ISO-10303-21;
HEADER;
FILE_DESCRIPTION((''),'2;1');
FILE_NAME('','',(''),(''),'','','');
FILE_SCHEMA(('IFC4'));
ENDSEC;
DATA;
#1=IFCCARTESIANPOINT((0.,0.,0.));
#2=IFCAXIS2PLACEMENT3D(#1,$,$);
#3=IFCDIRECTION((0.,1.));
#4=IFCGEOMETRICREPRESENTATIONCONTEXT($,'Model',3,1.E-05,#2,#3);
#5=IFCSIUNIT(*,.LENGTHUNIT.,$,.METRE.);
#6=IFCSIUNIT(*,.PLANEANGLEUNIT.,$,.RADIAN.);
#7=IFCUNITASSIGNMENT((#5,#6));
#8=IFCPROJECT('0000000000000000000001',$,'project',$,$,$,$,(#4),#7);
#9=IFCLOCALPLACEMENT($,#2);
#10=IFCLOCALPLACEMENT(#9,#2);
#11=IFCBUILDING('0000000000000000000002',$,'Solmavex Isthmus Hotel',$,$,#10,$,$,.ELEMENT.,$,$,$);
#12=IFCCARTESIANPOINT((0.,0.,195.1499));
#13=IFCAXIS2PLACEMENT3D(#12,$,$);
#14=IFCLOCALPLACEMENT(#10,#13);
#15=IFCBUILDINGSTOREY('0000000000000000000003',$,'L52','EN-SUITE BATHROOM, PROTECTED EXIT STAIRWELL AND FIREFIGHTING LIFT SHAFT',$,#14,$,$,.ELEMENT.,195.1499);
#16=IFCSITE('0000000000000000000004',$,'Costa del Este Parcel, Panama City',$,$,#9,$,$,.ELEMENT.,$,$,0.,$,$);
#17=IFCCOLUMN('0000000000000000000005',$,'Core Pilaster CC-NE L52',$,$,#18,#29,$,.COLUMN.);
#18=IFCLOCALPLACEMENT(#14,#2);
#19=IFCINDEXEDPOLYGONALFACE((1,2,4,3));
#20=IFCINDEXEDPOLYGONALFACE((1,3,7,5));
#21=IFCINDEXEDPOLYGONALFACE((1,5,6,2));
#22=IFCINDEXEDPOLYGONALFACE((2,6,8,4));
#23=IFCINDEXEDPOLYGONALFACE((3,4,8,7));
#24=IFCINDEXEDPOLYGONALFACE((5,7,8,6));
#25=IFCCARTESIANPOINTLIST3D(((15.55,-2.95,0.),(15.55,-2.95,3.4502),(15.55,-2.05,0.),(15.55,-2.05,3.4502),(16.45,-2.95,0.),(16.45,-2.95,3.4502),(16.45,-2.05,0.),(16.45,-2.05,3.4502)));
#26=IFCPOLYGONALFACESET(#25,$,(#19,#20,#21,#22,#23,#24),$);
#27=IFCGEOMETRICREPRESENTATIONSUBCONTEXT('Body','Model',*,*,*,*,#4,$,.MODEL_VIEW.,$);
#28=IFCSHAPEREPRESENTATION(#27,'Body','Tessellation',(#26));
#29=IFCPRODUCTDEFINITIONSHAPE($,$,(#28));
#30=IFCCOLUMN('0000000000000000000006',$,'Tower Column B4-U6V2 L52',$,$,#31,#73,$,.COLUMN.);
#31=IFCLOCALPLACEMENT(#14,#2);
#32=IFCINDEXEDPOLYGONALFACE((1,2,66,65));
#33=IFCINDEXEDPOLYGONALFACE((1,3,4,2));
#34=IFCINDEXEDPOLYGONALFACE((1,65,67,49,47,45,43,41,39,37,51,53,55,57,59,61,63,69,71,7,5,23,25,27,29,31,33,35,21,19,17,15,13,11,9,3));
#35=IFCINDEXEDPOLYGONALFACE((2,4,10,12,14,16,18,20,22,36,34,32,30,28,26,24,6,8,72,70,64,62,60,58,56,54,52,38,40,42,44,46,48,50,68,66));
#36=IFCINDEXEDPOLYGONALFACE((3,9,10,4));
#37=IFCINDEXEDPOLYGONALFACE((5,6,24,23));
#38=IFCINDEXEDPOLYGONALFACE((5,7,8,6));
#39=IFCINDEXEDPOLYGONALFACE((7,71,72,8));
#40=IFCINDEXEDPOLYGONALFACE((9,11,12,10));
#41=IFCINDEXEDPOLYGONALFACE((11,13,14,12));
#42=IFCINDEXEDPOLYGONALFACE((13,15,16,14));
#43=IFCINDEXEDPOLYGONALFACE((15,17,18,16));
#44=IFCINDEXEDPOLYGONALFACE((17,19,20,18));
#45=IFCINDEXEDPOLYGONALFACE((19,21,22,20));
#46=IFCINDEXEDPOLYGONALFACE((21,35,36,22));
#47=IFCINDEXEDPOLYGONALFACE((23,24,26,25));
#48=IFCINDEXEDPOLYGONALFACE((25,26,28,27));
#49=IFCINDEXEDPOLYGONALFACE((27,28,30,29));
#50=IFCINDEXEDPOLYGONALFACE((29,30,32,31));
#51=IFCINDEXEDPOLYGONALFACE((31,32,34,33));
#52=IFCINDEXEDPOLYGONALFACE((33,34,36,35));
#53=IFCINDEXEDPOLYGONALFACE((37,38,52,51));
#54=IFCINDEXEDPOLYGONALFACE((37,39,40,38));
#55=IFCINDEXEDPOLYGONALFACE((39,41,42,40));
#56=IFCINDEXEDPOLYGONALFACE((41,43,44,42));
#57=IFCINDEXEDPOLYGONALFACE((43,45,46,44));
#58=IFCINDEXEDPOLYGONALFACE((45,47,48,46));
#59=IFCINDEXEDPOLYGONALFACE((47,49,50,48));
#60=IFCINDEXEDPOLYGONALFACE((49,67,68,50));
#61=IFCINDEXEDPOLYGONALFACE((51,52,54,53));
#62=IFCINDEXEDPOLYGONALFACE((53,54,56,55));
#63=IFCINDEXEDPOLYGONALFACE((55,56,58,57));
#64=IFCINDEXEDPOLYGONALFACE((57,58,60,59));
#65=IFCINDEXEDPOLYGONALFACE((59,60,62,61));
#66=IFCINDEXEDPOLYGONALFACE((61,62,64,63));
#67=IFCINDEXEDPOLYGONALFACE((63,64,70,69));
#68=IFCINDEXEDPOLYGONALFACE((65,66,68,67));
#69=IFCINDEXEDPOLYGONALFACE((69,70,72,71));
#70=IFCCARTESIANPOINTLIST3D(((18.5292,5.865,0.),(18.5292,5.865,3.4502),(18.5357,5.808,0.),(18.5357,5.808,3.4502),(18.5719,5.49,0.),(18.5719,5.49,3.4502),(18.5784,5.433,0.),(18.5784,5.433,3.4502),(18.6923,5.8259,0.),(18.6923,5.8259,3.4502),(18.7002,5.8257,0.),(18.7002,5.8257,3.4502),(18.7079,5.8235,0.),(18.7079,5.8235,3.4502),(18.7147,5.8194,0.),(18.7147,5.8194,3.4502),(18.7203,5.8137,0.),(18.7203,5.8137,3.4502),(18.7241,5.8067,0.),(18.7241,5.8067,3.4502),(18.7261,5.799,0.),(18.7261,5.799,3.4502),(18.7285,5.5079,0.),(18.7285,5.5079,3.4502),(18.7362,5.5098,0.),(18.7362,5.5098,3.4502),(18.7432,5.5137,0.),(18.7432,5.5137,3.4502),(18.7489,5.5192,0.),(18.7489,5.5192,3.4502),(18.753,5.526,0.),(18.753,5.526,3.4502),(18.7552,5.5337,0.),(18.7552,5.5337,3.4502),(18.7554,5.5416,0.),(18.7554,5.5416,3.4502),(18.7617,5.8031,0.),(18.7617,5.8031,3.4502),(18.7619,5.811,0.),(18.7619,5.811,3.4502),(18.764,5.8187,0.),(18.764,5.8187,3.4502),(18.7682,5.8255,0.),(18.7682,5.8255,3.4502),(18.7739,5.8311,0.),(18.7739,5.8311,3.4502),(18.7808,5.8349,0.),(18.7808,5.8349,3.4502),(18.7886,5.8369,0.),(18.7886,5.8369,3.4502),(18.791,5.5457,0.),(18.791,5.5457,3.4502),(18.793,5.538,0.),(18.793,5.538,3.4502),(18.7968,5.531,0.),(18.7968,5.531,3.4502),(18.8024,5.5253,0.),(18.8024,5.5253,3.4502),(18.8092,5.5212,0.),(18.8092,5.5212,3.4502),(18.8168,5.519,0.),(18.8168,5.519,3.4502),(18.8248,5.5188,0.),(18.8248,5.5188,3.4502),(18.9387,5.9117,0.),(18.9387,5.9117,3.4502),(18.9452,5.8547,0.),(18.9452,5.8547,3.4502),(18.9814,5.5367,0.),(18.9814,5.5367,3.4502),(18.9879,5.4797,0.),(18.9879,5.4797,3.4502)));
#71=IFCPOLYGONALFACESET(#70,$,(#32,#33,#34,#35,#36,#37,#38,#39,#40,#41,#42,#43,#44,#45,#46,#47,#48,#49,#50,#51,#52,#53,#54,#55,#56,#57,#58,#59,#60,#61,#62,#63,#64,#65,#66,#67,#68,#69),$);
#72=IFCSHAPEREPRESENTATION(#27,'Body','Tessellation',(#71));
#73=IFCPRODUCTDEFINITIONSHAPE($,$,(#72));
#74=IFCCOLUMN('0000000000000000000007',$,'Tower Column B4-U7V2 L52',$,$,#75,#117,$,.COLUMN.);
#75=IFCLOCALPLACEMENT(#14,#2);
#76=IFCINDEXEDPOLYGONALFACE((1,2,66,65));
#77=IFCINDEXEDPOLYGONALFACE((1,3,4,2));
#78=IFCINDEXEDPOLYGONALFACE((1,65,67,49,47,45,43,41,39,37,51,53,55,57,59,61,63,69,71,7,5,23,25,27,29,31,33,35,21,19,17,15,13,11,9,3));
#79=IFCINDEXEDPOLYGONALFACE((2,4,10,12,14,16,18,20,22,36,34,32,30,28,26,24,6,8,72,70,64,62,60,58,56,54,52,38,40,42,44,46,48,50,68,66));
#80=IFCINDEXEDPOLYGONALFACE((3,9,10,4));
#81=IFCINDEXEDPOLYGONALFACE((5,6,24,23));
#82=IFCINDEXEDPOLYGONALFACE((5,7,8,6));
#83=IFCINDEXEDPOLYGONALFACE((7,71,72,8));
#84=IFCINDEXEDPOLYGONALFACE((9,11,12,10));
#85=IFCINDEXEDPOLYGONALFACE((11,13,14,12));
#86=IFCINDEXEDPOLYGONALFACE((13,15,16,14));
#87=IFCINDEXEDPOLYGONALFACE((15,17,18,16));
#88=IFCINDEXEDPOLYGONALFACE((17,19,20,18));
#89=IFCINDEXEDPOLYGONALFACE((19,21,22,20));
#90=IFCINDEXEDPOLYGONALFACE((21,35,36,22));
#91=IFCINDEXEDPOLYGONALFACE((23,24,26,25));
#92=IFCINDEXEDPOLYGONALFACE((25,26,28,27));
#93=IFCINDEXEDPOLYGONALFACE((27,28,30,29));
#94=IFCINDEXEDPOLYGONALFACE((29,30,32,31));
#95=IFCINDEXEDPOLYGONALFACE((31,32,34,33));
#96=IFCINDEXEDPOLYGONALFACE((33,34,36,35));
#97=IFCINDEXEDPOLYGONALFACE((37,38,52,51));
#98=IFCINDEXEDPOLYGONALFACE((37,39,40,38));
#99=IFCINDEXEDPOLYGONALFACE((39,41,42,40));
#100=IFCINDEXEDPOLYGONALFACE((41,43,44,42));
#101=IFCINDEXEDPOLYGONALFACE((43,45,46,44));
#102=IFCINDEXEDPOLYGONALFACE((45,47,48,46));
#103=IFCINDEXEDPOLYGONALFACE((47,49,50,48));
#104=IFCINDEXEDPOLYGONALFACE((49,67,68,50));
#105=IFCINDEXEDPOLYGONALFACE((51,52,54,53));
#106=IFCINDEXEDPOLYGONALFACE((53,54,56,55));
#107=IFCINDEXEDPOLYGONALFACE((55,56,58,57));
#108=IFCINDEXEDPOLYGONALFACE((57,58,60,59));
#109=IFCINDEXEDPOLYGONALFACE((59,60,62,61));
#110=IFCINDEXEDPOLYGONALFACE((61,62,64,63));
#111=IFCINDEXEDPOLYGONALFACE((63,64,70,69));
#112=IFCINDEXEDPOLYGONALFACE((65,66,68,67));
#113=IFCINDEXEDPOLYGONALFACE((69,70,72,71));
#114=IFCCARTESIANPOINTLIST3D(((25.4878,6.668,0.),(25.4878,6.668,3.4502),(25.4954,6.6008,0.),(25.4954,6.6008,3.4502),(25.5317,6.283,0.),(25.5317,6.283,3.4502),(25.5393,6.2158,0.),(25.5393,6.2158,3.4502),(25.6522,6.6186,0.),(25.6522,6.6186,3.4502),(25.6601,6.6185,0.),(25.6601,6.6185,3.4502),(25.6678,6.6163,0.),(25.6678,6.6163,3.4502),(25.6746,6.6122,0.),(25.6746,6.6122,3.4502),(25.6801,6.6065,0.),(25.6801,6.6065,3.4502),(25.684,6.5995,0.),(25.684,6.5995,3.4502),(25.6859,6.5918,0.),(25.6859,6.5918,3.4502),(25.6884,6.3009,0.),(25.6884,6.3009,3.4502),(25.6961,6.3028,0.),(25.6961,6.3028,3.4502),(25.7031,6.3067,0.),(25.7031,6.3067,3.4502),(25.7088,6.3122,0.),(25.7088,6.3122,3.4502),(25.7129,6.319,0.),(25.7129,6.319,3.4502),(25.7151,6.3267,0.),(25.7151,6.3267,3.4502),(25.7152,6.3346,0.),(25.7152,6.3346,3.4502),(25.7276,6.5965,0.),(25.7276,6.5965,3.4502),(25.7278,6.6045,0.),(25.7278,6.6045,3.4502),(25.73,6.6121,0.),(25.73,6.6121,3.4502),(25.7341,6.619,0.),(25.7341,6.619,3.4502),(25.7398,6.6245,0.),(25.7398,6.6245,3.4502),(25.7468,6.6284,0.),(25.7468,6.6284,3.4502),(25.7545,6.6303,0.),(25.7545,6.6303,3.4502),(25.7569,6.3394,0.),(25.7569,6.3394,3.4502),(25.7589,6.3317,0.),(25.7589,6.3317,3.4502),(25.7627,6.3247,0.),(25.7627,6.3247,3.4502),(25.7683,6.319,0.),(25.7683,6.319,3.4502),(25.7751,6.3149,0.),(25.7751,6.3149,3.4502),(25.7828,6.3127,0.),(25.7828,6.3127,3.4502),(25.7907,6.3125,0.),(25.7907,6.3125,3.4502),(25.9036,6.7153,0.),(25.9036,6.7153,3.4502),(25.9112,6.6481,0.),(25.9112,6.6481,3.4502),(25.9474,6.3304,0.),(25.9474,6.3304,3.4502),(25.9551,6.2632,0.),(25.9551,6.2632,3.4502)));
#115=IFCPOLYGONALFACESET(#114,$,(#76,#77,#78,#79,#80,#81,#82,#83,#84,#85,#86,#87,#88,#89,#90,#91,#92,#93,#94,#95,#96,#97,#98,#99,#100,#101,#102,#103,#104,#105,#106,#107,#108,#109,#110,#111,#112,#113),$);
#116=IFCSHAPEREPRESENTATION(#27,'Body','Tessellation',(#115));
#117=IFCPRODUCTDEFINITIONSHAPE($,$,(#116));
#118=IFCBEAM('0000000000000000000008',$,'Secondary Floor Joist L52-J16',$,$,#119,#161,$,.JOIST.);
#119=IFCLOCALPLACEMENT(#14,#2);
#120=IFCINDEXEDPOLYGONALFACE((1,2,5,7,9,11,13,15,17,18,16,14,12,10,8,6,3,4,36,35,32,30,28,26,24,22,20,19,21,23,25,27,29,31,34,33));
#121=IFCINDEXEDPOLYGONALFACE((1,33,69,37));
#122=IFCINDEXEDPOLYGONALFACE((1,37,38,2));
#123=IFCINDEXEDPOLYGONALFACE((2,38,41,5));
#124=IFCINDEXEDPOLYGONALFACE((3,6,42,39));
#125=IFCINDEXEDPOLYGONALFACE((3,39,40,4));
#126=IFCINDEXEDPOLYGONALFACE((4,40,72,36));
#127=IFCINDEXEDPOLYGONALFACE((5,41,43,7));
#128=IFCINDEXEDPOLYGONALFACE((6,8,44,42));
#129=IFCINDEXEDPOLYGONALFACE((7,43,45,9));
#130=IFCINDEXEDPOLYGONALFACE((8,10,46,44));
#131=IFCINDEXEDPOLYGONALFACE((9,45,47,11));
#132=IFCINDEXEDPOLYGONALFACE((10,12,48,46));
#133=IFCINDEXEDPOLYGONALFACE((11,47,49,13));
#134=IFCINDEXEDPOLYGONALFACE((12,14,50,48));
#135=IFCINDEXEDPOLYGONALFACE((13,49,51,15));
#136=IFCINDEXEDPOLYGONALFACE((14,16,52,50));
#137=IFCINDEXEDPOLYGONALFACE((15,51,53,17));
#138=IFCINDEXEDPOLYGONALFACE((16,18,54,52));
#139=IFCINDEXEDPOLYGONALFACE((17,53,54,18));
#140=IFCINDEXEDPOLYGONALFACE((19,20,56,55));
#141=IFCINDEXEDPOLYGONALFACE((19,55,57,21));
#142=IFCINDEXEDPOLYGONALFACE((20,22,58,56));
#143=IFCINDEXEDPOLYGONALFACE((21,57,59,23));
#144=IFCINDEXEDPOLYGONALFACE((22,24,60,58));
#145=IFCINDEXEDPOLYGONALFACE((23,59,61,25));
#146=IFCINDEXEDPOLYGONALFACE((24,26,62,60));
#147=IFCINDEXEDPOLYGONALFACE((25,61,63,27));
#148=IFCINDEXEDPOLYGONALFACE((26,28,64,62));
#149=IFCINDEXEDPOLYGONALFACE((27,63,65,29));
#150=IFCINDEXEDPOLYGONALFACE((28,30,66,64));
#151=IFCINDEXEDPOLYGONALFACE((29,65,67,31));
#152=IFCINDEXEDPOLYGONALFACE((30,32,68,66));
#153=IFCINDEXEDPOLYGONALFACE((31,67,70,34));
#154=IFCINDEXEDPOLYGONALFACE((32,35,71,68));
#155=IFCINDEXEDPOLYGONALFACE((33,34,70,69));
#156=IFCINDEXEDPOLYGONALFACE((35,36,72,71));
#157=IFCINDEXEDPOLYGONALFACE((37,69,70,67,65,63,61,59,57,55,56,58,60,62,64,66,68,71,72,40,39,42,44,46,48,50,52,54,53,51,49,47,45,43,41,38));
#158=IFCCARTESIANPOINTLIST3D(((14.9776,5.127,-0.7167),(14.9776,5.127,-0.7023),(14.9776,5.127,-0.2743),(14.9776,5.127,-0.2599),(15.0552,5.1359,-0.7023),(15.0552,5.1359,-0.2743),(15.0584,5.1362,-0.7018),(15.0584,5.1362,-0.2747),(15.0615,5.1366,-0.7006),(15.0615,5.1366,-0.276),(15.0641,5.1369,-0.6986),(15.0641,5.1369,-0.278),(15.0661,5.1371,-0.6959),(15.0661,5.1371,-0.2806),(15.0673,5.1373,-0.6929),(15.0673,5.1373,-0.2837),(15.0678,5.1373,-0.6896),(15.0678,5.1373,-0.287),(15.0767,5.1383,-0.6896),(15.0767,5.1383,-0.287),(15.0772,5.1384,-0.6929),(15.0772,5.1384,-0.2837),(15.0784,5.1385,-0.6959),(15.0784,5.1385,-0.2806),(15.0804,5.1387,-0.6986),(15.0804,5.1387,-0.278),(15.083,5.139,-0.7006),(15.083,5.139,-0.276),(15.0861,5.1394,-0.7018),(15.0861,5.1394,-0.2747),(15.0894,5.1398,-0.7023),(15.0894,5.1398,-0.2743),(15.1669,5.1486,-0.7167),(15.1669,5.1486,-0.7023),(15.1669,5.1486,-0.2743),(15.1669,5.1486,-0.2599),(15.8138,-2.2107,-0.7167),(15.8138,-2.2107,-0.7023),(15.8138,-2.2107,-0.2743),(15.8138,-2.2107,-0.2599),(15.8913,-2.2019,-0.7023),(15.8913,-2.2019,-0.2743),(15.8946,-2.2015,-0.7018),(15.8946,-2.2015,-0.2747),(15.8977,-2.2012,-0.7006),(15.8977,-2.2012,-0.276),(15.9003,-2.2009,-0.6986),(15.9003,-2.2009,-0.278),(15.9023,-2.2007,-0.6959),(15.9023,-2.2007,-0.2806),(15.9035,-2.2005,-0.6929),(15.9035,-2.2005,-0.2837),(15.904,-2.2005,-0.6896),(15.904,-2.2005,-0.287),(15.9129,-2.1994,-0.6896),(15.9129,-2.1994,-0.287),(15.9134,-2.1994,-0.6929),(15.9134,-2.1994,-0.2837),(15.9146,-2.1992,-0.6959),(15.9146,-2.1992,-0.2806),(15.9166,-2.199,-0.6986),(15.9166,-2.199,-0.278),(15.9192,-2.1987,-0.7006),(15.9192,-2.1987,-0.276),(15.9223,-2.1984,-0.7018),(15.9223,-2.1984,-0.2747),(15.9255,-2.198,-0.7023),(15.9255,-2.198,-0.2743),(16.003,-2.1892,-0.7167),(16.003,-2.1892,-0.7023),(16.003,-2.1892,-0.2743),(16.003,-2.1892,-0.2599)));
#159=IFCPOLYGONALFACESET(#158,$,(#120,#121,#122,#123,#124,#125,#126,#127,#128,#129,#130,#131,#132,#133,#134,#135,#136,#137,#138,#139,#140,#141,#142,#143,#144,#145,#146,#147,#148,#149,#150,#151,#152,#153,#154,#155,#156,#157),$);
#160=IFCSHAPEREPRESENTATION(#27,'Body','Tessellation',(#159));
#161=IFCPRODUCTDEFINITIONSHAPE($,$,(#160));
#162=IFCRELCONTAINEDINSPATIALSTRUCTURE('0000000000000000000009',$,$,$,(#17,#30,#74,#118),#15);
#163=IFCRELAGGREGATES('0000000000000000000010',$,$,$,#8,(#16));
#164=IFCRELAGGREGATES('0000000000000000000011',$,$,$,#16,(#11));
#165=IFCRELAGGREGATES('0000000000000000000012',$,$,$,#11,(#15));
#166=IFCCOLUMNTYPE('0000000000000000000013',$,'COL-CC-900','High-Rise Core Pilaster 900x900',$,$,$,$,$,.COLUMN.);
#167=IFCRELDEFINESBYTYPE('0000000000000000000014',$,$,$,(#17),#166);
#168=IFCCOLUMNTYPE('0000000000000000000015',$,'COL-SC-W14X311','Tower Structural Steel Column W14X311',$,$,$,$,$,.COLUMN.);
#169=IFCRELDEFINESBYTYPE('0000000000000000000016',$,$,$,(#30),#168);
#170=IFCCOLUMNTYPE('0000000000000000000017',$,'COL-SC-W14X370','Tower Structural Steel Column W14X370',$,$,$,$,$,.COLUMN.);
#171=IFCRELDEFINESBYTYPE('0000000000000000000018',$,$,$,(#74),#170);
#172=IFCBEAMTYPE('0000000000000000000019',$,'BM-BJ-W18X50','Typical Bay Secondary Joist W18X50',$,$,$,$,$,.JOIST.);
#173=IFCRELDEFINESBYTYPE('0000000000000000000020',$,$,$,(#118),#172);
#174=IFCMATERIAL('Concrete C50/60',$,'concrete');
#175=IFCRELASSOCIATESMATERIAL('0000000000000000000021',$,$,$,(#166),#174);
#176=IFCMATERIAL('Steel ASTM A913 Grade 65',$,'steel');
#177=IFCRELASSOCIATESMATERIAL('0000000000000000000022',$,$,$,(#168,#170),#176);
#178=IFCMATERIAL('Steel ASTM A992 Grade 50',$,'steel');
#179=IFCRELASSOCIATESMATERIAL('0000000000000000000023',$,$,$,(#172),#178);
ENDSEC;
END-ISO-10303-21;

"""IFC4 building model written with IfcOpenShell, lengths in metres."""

from ifc_helpers import new_model, si_unit, direction, frame, origin, origin_2d, place, context, subcontext, project, spatial, rectangle, i_section, extrude, material, material_profile, profile_set, type_object, element, save


model = new_model("IFC4")

# Units and contexts
model_context = context("Model", 3, precision=1e-05, world=origin(), true_north=direction((0.0, 1.0)))
body_context = subcontext(model_context, "Body", "Model", "MODEL_VIEW")
ifc_project = project(units=[si_unit("LENGTHUNIT", "METRE"), si_unit("PLANEANGLEUNIT", "RADIAN")], contexts=[model_context])

# Site, building, storey
site_placement = place(None, origin())
site = spatial("IfcSite", under=ifc_project, at=site_placement, Name="Costa del Este Parcel, Panama City", CompositionType="ELEMENT", RefElevation=0.0)
building_placement = place(site_placement, origin())
building = spatial("IfcBuilding", under=site, at=building_placement, Name="Solmavex Isthmus Hotel", CompositionType="ELEMENT")
storey_placement = place(building_placement, frame((0.0, 0.0, 195.1499)))
storey = spatial("IfcBuildingStorey", under=building, at=storey_placement, Name="L52", Description="EN-SUITE BATHROOM, PROTECTED EXIT STAIRWELL AND FIREFIGHTING LIFT SHAFT", CompositionType="ELEMENT", Elevation=195.1499)

# Columns
ifc_material_1 = material(Name="Concrete C50/60", Category="concrete")
ifc_material_profile_1 = material_profile(ifc_material_1, rectangle(XDim=0.8999, YDim=0.8999, at=origin_2d()), Name="RC900X900")
ifc_profile_set_1 = profile_set([ifc_material_profile_1], Name="Concrete C50/60")
column_type_1 = type_object("IfcColumnType", Name="COL-CC-900", Description="High-Rise Core Pilaster 900x900", PredefinedType="COLUMN", material=ifc_profile_set_1)
column_1_placement = place(storey_placement, frame((16.0, -2.5, 0.0), z_axis=(0.0, 0.0, 1.0), x_axis=(1.0, 0.0, 0.0)))
element("IfcColumn", 1, at=column_1_placement, inside=storey, type_object=column_type_1, Name="Core Pilaster CC-NE L52", PredefinedType="COLUMN", context=body_context, shape_type="SweptSolid", body=[
    extrude(rectangle(XDim=0.8999, YDim=0.8999, at=origin_2d()), origin(), (0.0, 0.0, 1.0), 3.4502),
])
ifc_material_2 = material(Name="Steel ASTM A913 Grade 65", Category="steel")
ifc_material_profile_2 = material_profile(ifc_material_2, i_section(OverallWidth=0.4121, OverallDepth=0.4348, WebThickness=0.0359, FlangeThickness=0.0574, FilletRadius=0.0305, at=origin_2d()), Name="W14X311")
ifc_profile_set_2 = profile_set([ifc_material_profile_2], Name="Steel ASTM A913 Grade 65")
column_type_2 = type_object("IfcColumnType", Name="COL-SC-W14X311", Description="Tower Structural Steel Column W14X311", PredefinedType="COLUMN", material=ifc_profile_set_2)
column_2_placement = place(storey_placement, frame((18.7585, 5.6724, 0.0), z_axis=(0.0, 0.0, 1.0), x_axis=(0.993572, 0.113203, 0.0)))
element("IfcColumn", 2, at=column_2_placement, inside=storey, type_object=column_type_2, Name="Tower Column B4-U6V2 L52", PredefinedType="COLUMN", context=body_context, shape_type="SweptSolid", body=[
    extrude(i_section(OverallWidth=0.4121, OverallDepth=0.4348, WebThickness=0.0359, FlangeThickness=0.0574, FilletRadius=0.0305, at=origin_2d()), origin(), (0.0, 0.0, 1.0), 3.4502),
])
ifc_material_profile_3 = material_profile(ifc_material_2, i_section(OverallWidth=0.4185, OverallDepth=0.4551, WebThickness=0.042, FlangeThickness=0.0676, FilletRadius=0.0305, at=origin_2d()), Name="W14X370")
ifc_profile_set_3 = profile_set([ifc_material_profile_3], Name="Steel ASTM A913 Grade 65")
column_type_3 = type_object("IfcColumnType", Name="COL-SC-W14X370", Description="Tower Structural Steel Column W14X370", PredefinedType="COLUMN", material=ifc_profile_set_3)
column_3_placement = place(storey_placement, frame((25.7214, 6.4656, 0.0), z_axis=(0.0, 0.0, 1.0), x_axis=(0.993572, 0.113203, 0.0)))
element("IfcColumn", 3, at=column_3_placement, inside=storey, type_object=column_type_3, Name="Tower Column B4-U7V2 L52", PredefinedType="COLUMN", context=body_context, shape_type="SweptSolid", body=[
    extrude(i_section(OverallWidth=0.4185, OverallDepth=0.4551, WebThickness=0.042, FlangeThickness=0.0676, FilletRadius=0.0305, at=origin_2d()), origin(), (0.0, 0.0, 1.0), 3.4502),
])

# Beam
ifc_material_3 = material(Name="Steel ASTM A992 Grade 50", Category="steel")
ifc_material_profile_4 = material_profile(ifc_material_3, i_section(OverallWidth=0.1904, OverallDepth=0.4568, WebThickness=0.009, FlangeThickness=0.0144, FilletRadius=0.0127, at=origin_2d()), Name="W18X50")
ifc_profile_set_4 = profile_set([ifc_material_profile_4], Name="Steel ASTM A992 Grade 50")
beam_type_1 = type_object("IfcBeamType", Name="BM-BJ-W18X50", Description="Typical Bay Secondary Joist W18X50", PredefinedType="JOIST", material=ifc_profile_set_4)
beam_1_placement = place(storey_placement, frame((15.9084, -2.2, -0.4883), z_axis=(-0.113225, 0.993569, 0.0), x_axis=(-0.993569, -0.113225, 0.0)))
element("IfcBeam", 4, at=beam_1_placement, inside=storey, type_object=beam_type_1, Name="Secondary Floor Joist L52-J16", PredefinedType="JOIST", context=body_context, shape_type="SweptSolid", body=[
    extrude(i_section(OverallWidth=0.1904, OverallDepth=0.4568, WebThickness=0.009, FlangeThickness=0.0144, FilletRadius=0.0127, at=origin_2d()), origin(), (0.0, 0.0, 1.0), 7.3853),
])

save(model, "model.ifc")
